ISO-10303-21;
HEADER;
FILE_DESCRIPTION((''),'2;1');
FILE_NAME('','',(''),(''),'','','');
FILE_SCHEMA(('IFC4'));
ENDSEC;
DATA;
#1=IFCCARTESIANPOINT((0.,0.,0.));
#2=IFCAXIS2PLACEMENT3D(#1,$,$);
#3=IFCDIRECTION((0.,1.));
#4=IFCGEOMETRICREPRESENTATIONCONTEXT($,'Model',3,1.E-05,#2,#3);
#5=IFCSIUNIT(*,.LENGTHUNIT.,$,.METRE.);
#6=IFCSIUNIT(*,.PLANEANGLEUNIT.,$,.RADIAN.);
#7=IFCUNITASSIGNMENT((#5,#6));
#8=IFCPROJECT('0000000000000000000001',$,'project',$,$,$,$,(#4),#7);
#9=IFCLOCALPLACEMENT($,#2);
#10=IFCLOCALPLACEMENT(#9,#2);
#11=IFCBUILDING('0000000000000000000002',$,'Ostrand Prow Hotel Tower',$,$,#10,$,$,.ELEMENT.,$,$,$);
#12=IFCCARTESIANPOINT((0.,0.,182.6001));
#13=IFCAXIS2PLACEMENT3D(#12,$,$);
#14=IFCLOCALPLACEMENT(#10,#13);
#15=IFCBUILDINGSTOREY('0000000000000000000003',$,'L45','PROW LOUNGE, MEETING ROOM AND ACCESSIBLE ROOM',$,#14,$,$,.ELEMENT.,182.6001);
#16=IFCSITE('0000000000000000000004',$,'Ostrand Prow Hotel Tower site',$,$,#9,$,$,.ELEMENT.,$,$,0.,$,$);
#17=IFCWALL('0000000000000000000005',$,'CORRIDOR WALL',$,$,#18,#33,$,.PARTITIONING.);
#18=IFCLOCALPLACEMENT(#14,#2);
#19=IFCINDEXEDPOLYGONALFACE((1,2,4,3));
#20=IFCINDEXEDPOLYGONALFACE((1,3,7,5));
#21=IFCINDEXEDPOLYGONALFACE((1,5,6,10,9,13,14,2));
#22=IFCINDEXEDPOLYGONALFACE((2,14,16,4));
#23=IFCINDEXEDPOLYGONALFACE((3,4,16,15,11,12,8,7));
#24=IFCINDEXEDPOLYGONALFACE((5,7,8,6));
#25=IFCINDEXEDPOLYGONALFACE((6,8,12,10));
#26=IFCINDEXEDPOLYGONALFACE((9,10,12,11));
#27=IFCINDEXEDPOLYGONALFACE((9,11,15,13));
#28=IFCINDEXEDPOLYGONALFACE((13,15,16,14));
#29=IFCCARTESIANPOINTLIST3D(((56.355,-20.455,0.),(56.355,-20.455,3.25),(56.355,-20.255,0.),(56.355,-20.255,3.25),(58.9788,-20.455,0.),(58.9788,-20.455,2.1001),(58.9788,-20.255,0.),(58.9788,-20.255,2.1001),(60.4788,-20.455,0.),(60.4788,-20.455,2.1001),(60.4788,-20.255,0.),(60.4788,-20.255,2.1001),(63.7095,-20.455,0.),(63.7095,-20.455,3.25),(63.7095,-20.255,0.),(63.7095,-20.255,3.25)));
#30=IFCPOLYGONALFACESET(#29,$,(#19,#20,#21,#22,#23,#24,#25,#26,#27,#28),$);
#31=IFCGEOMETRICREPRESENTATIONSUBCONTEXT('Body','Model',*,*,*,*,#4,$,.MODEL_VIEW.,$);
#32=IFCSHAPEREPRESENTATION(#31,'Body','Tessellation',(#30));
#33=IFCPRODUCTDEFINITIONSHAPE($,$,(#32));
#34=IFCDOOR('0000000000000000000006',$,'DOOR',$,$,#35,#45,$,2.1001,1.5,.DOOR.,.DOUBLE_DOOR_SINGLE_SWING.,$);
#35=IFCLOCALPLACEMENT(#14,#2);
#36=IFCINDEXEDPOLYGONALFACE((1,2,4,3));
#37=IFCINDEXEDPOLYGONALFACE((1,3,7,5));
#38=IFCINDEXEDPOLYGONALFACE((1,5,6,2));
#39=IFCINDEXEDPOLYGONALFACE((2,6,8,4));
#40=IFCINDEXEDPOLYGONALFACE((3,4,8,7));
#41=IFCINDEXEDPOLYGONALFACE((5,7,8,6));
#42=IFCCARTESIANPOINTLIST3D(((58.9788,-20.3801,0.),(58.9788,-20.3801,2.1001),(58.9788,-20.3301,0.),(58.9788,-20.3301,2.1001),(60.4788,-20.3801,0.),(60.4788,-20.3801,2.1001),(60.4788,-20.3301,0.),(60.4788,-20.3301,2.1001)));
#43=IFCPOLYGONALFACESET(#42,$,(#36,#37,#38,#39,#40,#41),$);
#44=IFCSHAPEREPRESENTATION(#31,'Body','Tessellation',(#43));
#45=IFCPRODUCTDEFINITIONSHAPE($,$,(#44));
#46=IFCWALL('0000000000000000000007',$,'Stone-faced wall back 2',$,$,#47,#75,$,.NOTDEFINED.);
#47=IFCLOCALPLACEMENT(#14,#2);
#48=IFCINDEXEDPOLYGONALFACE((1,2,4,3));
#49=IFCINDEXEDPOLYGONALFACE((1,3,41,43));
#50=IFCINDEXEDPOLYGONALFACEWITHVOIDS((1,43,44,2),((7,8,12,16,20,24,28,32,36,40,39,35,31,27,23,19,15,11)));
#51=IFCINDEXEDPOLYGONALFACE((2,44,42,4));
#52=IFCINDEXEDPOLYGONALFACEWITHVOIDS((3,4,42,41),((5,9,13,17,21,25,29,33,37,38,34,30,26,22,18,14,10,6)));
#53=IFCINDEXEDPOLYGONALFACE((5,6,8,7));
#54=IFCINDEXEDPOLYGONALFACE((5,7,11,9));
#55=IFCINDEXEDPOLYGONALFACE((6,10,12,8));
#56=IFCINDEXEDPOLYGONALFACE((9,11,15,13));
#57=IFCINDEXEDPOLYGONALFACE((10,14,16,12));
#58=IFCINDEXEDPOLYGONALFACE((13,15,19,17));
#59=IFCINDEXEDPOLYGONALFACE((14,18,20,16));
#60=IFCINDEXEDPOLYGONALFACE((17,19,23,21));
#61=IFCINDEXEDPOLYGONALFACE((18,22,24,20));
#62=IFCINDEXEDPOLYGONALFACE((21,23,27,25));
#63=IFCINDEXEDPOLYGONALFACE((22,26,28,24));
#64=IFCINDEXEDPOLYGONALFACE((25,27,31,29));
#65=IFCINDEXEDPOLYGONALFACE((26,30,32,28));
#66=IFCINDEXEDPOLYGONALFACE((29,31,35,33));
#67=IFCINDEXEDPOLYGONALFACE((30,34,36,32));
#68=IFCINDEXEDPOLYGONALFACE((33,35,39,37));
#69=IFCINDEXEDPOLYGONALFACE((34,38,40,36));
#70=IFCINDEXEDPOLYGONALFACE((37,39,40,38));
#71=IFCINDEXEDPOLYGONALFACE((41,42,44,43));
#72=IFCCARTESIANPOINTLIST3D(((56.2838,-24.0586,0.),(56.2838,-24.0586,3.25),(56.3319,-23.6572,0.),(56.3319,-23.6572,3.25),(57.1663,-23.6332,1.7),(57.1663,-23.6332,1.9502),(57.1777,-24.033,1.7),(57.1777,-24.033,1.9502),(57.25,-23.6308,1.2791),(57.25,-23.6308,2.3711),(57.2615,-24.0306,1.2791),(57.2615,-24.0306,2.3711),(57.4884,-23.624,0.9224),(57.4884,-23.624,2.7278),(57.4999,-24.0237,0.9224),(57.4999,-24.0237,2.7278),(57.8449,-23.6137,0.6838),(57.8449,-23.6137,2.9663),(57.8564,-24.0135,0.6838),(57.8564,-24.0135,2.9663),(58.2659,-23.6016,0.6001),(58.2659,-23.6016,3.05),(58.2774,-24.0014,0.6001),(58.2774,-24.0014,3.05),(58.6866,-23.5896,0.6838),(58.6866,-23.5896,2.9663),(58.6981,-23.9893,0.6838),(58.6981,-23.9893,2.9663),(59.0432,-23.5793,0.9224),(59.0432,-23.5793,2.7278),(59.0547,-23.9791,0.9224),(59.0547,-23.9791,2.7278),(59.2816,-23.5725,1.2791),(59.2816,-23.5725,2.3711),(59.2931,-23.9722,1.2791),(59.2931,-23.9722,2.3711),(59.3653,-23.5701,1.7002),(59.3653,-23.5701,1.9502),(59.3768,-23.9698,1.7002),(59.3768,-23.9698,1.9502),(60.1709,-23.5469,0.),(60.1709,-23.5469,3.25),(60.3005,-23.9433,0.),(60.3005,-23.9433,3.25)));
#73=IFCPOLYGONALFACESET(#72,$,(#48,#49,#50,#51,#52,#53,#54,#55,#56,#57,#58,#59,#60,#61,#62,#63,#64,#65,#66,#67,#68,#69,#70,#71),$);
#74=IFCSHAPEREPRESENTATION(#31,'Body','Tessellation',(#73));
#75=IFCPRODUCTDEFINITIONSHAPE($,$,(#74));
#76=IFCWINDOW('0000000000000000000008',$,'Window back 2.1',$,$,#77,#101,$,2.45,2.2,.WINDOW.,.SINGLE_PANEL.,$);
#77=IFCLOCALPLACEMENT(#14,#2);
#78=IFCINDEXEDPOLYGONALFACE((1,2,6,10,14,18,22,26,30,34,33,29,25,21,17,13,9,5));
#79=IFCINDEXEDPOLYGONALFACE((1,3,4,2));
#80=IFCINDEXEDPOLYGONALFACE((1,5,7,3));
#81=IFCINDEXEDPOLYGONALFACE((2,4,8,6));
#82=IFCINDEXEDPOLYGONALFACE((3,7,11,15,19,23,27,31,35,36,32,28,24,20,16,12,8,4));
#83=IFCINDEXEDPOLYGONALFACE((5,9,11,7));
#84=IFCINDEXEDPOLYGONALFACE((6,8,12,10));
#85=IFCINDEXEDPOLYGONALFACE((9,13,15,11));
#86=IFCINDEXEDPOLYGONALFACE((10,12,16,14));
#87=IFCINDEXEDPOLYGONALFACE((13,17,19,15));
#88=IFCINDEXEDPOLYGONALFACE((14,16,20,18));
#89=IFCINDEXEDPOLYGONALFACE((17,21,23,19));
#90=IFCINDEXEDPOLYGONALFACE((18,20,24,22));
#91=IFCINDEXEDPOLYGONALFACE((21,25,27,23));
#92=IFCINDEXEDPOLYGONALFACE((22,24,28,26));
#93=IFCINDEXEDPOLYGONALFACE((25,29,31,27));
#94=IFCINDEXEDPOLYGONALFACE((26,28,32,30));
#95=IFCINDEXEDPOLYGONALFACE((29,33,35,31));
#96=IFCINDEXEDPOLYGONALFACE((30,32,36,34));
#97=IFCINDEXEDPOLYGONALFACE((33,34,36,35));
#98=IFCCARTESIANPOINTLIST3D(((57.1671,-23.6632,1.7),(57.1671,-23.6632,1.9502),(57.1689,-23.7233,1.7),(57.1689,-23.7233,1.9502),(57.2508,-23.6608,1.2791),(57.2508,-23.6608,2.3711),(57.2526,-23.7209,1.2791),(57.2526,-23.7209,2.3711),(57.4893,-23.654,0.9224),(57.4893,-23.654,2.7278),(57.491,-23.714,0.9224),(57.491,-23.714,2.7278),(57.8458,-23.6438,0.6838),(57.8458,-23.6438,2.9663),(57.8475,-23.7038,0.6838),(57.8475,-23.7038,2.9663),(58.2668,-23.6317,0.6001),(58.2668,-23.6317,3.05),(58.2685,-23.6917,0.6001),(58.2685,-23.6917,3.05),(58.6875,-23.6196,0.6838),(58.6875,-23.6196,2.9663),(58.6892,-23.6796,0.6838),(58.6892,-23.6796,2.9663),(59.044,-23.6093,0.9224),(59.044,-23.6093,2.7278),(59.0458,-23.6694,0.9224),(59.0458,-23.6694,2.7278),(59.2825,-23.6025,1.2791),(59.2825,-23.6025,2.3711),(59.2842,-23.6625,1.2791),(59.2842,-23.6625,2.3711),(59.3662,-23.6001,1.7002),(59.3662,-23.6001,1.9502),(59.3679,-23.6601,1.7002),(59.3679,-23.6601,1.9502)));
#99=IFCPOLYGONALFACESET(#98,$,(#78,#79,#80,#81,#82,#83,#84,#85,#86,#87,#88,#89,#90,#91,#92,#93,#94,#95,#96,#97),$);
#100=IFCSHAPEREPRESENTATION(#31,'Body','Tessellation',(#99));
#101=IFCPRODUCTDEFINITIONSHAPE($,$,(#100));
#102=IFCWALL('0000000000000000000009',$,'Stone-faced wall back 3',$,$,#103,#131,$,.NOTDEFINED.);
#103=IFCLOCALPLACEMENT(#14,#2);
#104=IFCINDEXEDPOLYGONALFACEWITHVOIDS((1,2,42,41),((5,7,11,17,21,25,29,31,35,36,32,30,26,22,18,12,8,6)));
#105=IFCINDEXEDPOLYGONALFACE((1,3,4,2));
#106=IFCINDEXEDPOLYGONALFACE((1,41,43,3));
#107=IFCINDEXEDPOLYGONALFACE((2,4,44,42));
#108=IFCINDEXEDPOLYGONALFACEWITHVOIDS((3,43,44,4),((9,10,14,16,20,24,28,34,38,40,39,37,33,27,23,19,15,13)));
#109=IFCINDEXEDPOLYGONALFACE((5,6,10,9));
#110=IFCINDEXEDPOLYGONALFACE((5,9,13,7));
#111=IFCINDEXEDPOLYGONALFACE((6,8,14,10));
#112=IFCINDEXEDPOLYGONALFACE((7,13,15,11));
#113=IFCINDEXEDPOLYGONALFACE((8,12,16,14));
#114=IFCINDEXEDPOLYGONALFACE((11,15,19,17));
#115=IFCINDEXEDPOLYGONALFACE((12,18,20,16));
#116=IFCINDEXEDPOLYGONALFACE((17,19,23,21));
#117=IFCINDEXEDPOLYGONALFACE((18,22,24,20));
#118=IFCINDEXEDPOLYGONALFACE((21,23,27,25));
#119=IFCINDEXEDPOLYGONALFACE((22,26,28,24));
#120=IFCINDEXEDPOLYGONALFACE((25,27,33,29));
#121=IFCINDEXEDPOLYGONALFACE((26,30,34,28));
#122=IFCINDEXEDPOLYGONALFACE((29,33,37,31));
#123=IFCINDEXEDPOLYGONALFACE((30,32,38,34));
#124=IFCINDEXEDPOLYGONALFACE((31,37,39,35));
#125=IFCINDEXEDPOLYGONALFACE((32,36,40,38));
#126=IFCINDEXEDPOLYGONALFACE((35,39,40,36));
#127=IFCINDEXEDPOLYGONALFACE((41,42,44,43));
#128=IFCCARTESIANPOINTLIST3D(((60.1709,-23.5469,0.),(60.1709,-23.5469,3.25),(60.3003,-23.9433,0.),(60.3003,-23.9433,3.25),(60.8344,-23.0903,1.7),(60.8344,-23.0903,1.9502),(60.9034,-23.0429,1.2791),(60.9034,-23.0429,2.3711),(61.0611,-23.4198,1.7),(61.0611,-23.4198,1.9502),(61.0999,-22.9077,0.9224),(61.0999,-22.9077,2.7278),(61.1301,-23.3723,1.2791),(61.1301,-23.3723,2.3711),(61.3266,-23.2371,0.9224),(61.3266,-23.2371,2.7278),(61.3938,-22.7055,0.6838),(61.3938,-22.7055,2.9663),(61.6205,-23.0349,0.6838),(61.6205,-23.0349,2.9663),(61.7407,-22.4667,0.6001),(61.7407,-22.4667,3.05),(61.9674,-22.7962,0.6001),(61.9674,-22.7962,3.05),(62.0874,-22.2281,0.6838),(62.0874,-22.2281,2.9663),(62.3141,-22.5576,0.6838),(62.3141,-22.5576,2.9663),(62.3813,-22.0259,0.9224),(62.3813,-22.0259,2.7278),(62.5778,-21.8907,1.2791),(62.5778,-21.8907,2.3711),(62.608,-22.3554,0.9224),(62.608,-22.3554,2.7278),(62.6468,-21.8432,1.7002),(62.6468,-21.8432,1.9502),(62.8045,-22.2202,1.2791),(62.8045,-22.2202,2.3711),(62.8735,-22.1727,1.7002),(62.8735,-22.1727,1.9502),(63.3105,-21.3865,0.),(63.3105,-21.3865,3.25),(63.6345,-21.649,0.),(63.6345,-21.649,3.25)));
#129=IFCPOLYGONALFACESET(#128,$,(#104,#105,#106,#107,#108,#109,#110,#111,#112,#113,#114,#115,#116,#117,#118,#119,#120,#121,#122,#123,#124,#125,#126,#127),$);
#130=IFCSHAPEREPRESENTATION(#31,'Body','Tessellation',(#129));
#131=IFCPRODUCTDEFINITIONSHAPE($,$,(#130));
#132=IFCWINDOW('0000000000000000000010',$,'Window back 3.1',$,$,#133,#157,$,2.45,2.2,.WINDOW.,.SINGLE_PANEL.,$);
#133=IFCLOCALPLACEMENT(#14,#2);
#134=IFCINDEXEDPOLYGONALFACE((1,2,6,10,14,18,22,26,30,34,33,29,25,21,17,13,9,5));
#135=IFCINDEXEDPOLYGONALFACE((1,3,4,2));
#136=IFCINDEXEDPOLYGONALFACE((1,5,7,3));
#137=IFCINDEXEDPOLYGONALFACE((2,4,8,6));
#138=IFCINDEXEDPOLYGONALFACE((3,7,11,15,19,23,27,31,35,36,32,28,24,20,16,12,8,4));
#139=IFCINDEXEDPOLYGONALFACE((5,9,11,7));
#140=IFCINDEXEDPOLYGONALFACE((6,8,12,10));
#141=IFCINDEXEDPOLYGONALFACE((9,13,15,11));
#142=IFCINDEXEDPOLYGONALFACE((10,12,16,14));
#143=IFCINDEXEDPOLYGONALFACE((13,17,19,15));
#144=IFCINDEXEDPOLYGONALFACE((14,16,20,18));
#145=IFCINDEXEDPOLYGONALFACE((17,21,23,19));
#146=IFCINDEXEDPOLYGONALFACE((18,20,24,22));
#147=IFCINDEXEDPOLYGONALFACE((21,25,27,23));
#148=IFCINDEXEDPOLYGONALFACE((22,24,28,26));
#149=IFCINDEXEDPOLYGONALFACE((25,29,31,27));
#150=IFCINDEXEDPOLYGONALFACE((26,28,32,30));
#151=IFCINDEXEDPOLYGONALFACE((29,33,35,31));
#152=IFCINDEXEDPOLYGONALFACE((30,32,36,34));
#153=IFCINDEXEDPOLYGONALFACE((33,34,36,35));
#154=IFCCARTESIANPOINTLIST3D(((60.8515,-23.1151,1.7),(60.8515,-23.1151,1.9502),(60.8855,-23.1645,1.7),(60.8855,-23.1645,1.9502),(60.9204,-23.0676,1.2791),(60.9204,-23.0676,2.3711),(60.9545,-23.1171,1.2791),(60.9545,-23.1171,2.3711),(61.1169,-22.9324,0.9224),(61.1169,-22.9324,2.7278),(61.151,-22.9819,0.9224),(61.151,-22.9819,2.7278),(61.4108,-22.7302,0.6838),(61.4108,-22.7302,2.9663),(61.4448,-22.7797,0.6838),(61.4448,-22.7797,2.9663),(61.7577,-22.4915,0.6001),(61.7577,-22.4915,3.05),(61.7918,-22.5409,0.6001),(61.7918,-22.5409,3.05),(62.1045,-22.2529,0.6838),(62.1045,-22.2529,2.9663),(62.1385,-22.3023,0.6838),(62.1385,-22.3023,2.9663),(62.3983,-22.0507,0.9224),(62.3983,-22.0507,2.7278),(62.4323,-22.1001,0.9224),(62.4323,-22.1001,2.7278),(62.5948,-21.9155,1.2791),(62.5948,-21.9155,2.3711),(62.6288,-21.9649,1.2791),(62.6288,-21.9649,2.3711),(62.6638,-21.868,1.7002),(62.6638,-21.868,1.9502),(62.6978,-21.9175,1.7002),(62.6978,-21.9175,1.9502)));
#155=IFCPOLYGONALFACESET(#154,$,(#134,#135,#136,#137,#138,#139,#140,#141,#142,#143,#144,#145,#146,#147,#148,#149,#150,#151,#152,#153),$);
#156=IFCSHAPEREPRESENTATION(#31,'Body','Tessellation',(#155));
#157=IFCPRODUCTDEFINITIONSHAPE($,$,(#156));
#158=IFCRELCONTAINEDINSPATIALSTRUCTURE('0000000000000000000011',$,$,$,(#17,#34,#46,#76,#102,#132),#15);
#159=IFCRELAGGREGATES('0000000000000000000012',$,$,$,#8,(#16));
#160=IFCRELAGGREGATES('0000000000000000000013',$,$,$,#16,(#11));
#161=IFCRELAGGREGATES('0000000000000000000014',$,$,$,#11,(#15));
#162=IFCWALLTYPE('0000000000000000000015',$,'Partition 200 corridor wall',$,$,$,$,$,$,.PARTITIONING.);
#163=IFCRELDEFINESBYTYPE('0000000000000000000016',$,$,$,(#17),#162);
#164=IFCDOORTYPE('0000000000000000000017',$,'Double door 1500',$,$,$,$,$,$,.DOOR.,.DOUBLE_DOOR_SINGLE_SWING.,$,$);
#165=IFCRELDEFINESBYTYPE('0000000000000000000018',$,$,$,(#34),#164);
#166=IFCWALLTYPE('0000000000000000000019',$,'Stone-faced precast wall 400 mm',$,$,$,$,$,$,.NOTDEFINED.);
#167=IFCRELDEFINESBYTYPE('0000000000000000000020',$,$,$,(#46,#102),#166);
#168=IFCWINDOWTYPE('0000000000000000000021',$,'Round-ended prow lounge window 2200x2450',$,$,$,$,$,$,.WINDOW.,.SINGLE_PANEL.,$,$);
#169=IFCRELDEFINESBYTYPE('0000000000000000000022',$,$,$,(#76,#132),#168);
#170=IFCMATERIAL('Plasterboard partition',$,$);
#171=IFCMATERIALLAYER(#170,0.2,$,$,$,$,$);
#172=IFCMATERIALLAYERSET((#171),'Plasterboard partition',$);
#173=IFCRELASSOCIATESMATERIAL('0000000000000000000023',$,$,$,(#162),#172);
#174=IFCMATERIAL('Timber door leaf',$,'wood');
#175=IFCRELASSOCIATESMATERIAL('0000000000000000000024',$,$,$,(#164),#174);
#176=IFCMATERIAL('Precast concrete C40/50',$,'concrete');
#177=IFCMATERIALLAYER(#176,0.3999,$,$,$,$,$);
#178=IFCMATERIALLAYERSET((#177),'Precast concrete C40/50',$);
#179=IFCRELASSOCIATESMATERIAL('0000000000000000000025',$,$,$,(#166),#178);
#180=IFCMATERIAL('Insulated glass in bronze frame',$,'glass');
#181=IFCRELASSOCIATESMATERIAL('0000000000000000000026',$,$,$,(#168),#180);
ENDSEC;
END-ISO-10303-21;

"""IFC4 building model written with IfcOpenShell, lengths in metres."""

from ifc_helpers import new_model, si_unit, direction, frame, frame_2d, origin, place, context, subcontext, project, spatial, polyline, rectangle, outline, extrude, material, layer, layer_set, type_object, element, fill, save


model = new_model("IFC4")

# Units and contexts
model_context = context("Model", 3, precision=1e-05, world=origin(), true_north=direction((0.0, 1.0)))
body_context = subcontext(model_context, "Body", "Model", "MODEL_VIEW")
ifc_project = project(units=[si_unit("LENGTHUNIT", "METRE"), si_unit("PLANEANGLEUNIT", "RADIAN")], contexts=[model_context])

# Site, building, storey
site_placement = place(None, origin())
site = spatial("IfcSite", under=ifc_project, at=site_placement, Name="Ostrand Prow Hotel Tower site", CompositionType="ELEMENT", RefElevation=0.0)
building_placement = place(site_placement, origin())
building = spatial("IfcBuilding", under=site, at=building_placement, Name="Ostrand Prow Hotel Tower", CompositionType="ELEMENT")
storey_placement = place(building_placement, frame((0.0, 0.0, 182.6001)))
storey = spatial("IfcBuildingStorey", under=building, at=storey_placement, Name="L45", Description="PROW LOUNGE, MEETING ROOM AND ACCESSIBLE ROOM", CompositionType="ELEMENT", Elevation=182.6001)

# Wall, opening, door
ifc_material_1 = material(Name="Plasterboard partition")
ifc_layer_1 = layer(ifc_material_1, 0.2)
ifc_layer_set_1 = layer_set([ifc_layer_1], Name="Plasterboard partition")
wall_type_1 = type_object("IfcWallType", Name="Partition 200 corridor wall", PredefinedType="PARTITIONING", material=ifc_layer_set_1)
wall_1_placement = place(storey_placement, frame((56.355, -20.355, 0.0), z_axis=(0.0, 0.0, 1.0), x_axis=(1.0, 0.0, 0.0)))
wall_1 = element("IfcWall", 1, at=wall_1_placement, inside=storey, type_object=wall_type_1, Name="CORRIDOR WALL", PredefinedType="PARTITIONING", context=body_context, shape_type="SweptSolid", body=[
    extrude(rectangle(XDim=7.3545, YDim=0.2, at=frame_2d((3.6772, 0.0))), origin(), (0.0, 0.0, 1.0), 3.25),
])
opening_1_placement = place(wall_1_placement, frame((2.6238, 0.0, 0.0)))
opening_1 = element("IfcOpeningElement", 2, at=opening_1_placement, cuts=wall_1, PredefinedType="OPENING", context=body_context, shape_type="SweptSolid", body=[
    extrude(rectangle(XDim=1.5, YDim=2.1001, at=frame_2d((0.75, 1.05))), frame((0.0, 0.1099, 0.0), z_axis=(0.0, -1.0, 0.0), x_axis=(1.0, 0.0, 0.0)), (0.0, 0.0, 1.0), 0.22),
])
ifc_material_2 = material(Name="Timber door leaf", Category="wood")
door_type_1 = type_object("IfcDoorType", Name="Double door 1500", OperationType="DOUBLE_DOOR_SINGLE_SWING", PredefinedType="DOOR", material=ifc_material_2)
door_1_placement = place(opening_1_placement, origin())
door_1 = element("IfcDoor", 3, at=door_1_placement, inside=storey, type_object=door_type_1, Name="DOOR", OperationType="DOUBLE_DOOR_SINGLE_SWING", OverallHeight=2.1001, OverallWidth=1.5, PredefinedType="DOOR", context=body_context, shape_type="SweptSolid", body=[
    extrude(rectangle(XDim=1.5, YDim=2.1001, at=frame_2d((0.75, 1.05))), frame((0.0, 0.0249, 0.0), z_axis=(0.0, -1.0, 0.0), x_axis=(1.0, 0.0, 0.0)), (0.0, 0.0, 1.0), 0.05),
])
fill(opening_1, door_1)

# Walls, openings, windows
ifc_material_3 = material(Name="Precast concrete C40/50", Category="concrete")
ifc_layer_2 = layer(ifc_material_3, 0.3999)
ifc_layer_set_2 = layer_set([ifc_layer_2], Name="Precast concrete C40/50")
wall_type_2 = type_object("IfcWallType", Name="Stone-faced precast wall 400 mm", PredefinedType="NOTDEFINED", material=ifc_layer_set_2)
wall_2_placement = place(storey_placement, frame((56.3079, -23.8579, 0.0), z_axis=(0.0, 0.0, 1.0), x_axis=(0.999588, 0.028705, 0.0)))
wall_2 = element("IfcWall", 4, at=wall_2_placement, inside=storey, type_object=wall_type_2, Name="Stone-faced wall back 2", PredefinedType="NOTDEFINED", context=body_context, shape_type="SweptSolid", body=[
    extrude(outline(polyline([(-0.0298, -0.2), (3.9885, -0.2), (3.8704, 0.2), (0.0298, 0.2), (-0.0298, -0.2)])), origin(), (0.0, 0.0, 1.0), 3.25),
])
opening_2_placement = place(wall_2_placement, frame((0.8645, 0.0, 0.6001)))
opening_2 = element("IfcOpeningElement", 5, at=opening_2_placement, cuts=wall_2, PredefinedType="OPENING", context=body_context, shape_type="SweptSolid", body=[
    extrude(outline(polyline([(0.0, 1.3501), (0.0837, 1.771), (0.3223, 2.1277), (0.679, 2.3662), (1.1001, 2.45), (1.521, 2.3662), (1.8777, 2.1277), (2.1162, 1.771), (2.2, 1.3501), (2.2, 1.1001), (2.1162, 0.679), (1.8777, 0.3223), (1.521, 0.0837), (1.1001, 0.0), (0.679, 0.0837), (0.3223, 0.3223), (0.0837, 0.679), (0.0, 1.0999), (0.0, 1.3501)])), frame((0.0, 0.21, 0.0), z_axis=(0.0, -1.0, 0.0), x_axis=(1.0, 0.0, 0.0)), (0.0, 0.0, 1.0), 0.4199),
])
ifc_material_4 = material(Name="Insulated glass in bronze frame", Category="glass")
window_type_1 = type_object("IfcWindowType", Name="Round-ended prow lounge window 2200x2450", PartitioningType="SINGLE_PANEL", PredefinedType="WINDOW", material=ifc_material_4)
window_1_placement = place(opening_2_placement, origin())
window_1 = element("IfcWindow", 6, at=window_1_placement, inside=storey, type_object=window_type_1, Name="Window back 2.1", OverallHeight=2.45, OverallWidth=2.2, PartitioningType="SINGLE_PANEL", PredefinedType="WINDOW", context=body_context, shape_type="SweptSolid", body=[
    extrude(outline(polyline([(0.0, 1.3501), (0.0837, 1.771), (0.3223, 2.1277), (0.679, 2.3662), (1.1001, 2.45), (1.521, 2.3662), (1.8777, 2.1277), (2.1162, 1.771), (2.2, 1.3501), (2.2, 1.1001), (2.1162, 0.679), (1.8777, 0.3223), (1.521, 0.0837), (1.1001, 0.0), (0.679, 0.0837), (0.3223, 0.3223), (0.0837, 0.679), (0.0, 1.0999), (0.0, 1.3501)])), frame((0.0, 0.1699, 0.0), z_axis=(0.0, -1.0, 0.0), x_axis=(1.0, 0.0, 0.0)), (0.0, 0.0, 1.0), 0.0601),
])
fill(opening_2, window_1)
wall_3_placement = place(storey_placement, frame((60.2356, -23.7451, 0.0), z_axis=(0.0, 0.0, 1.0), x_axis=(0.823806, 0.566872, 0.0)))
wall_3 = element("IfcWall", 7, at=wall_3_placement, inside=storey, type_object=wall_type_2, Name="Stone-faced wall back 3", PredefinedType="NOTDEFINED", context=body_context, shape_type="SweptSolid", body=[
    extrude(outline(polyline([(-0.0591, -0.2), (3.9883, -0.2), (3.8701, 0.2), (0.0591, 0.2), (-0.0591, -0.2)])), origin(), (0.0, 0.0, 1.0), 3.25),
])
opening_3_placement = place(wall_3_placement, frame((0.8645, 0.0, 0.6001)))
opening_3 = element("IfcOpeningElement", 8, at=opening_3_placement, cuts=wall_3, PredefinedType="OPENING", context=body_context, shape_type="SweptSolid", body=[
    extrude(outline(polyline([(0.0, 1.3501), (0.0837, 1.771), (0.3223, 2.1277), (0.679, 2.3662), (1.1001, 2.45), (1.521, 2.3662), (1.8777, 2.1277), (2.1162, 1.771), (2.2, 1.3501), (2.2, 1.1001), (2.1162, 0.679), (1.8777, 0.3223), (1.521, 0.0837), (1.1001, 0.0), (0.679, 0.0837), (0.3223, 0.3223), (0.0837, 0.679), (0.0, 1.0999), (0.0, 1.3501)])), frame((0.0, 0.21, 0.0), z_axis=(0.0, -1.0, 0.0), x_axis=(1.0, 0.0, 0.0)), (0.0, 0.0, 1.0), 0.4199),
])
window_2_placement = place(opening_3_placement, origin())
window_2 = element("IfcWindow", 9, at=window_2_placement, inside=storey, type_object=window_type_1, Name="Window back 3.1", OverallHeight=2.45, OverallWidth=2.2, PartitioningType="SINGLE_PANEL", PredefinedType="WINDOW", context=body_context, shape_type="SweptSolid", body=[
    extrude(outline(polyline([(0.0, 1.3501), (0.0837, 1.771), (0.3223, 2.1277), (0.679, 2.3662), (1.1001, 2.45), (1.521, 2.3662), (1.8777, 2.1277), (2.1162, 1.771), (2.2, 1.3501), (2.2, 1.1001), (2.1162, 0.679), (1.8777, 0.3223), (1.521, 0.0837), (1.1001, 0.0), (0.679, 0.0837), (0.3223, 0.3223), (0.0837, 0.679), (0.0, 1.0999), (0.0, 1.3501)])), frame((0.0, 0.1699, 0.0), z_axis=(0.0, -1.0, 0.0), x_axis=(1.0, 0.0, 0.0)), (0.0, 0.0, 1.0), 0.0601),
])
fill(opening_3, window_2)

save(model, "model.ifc")
